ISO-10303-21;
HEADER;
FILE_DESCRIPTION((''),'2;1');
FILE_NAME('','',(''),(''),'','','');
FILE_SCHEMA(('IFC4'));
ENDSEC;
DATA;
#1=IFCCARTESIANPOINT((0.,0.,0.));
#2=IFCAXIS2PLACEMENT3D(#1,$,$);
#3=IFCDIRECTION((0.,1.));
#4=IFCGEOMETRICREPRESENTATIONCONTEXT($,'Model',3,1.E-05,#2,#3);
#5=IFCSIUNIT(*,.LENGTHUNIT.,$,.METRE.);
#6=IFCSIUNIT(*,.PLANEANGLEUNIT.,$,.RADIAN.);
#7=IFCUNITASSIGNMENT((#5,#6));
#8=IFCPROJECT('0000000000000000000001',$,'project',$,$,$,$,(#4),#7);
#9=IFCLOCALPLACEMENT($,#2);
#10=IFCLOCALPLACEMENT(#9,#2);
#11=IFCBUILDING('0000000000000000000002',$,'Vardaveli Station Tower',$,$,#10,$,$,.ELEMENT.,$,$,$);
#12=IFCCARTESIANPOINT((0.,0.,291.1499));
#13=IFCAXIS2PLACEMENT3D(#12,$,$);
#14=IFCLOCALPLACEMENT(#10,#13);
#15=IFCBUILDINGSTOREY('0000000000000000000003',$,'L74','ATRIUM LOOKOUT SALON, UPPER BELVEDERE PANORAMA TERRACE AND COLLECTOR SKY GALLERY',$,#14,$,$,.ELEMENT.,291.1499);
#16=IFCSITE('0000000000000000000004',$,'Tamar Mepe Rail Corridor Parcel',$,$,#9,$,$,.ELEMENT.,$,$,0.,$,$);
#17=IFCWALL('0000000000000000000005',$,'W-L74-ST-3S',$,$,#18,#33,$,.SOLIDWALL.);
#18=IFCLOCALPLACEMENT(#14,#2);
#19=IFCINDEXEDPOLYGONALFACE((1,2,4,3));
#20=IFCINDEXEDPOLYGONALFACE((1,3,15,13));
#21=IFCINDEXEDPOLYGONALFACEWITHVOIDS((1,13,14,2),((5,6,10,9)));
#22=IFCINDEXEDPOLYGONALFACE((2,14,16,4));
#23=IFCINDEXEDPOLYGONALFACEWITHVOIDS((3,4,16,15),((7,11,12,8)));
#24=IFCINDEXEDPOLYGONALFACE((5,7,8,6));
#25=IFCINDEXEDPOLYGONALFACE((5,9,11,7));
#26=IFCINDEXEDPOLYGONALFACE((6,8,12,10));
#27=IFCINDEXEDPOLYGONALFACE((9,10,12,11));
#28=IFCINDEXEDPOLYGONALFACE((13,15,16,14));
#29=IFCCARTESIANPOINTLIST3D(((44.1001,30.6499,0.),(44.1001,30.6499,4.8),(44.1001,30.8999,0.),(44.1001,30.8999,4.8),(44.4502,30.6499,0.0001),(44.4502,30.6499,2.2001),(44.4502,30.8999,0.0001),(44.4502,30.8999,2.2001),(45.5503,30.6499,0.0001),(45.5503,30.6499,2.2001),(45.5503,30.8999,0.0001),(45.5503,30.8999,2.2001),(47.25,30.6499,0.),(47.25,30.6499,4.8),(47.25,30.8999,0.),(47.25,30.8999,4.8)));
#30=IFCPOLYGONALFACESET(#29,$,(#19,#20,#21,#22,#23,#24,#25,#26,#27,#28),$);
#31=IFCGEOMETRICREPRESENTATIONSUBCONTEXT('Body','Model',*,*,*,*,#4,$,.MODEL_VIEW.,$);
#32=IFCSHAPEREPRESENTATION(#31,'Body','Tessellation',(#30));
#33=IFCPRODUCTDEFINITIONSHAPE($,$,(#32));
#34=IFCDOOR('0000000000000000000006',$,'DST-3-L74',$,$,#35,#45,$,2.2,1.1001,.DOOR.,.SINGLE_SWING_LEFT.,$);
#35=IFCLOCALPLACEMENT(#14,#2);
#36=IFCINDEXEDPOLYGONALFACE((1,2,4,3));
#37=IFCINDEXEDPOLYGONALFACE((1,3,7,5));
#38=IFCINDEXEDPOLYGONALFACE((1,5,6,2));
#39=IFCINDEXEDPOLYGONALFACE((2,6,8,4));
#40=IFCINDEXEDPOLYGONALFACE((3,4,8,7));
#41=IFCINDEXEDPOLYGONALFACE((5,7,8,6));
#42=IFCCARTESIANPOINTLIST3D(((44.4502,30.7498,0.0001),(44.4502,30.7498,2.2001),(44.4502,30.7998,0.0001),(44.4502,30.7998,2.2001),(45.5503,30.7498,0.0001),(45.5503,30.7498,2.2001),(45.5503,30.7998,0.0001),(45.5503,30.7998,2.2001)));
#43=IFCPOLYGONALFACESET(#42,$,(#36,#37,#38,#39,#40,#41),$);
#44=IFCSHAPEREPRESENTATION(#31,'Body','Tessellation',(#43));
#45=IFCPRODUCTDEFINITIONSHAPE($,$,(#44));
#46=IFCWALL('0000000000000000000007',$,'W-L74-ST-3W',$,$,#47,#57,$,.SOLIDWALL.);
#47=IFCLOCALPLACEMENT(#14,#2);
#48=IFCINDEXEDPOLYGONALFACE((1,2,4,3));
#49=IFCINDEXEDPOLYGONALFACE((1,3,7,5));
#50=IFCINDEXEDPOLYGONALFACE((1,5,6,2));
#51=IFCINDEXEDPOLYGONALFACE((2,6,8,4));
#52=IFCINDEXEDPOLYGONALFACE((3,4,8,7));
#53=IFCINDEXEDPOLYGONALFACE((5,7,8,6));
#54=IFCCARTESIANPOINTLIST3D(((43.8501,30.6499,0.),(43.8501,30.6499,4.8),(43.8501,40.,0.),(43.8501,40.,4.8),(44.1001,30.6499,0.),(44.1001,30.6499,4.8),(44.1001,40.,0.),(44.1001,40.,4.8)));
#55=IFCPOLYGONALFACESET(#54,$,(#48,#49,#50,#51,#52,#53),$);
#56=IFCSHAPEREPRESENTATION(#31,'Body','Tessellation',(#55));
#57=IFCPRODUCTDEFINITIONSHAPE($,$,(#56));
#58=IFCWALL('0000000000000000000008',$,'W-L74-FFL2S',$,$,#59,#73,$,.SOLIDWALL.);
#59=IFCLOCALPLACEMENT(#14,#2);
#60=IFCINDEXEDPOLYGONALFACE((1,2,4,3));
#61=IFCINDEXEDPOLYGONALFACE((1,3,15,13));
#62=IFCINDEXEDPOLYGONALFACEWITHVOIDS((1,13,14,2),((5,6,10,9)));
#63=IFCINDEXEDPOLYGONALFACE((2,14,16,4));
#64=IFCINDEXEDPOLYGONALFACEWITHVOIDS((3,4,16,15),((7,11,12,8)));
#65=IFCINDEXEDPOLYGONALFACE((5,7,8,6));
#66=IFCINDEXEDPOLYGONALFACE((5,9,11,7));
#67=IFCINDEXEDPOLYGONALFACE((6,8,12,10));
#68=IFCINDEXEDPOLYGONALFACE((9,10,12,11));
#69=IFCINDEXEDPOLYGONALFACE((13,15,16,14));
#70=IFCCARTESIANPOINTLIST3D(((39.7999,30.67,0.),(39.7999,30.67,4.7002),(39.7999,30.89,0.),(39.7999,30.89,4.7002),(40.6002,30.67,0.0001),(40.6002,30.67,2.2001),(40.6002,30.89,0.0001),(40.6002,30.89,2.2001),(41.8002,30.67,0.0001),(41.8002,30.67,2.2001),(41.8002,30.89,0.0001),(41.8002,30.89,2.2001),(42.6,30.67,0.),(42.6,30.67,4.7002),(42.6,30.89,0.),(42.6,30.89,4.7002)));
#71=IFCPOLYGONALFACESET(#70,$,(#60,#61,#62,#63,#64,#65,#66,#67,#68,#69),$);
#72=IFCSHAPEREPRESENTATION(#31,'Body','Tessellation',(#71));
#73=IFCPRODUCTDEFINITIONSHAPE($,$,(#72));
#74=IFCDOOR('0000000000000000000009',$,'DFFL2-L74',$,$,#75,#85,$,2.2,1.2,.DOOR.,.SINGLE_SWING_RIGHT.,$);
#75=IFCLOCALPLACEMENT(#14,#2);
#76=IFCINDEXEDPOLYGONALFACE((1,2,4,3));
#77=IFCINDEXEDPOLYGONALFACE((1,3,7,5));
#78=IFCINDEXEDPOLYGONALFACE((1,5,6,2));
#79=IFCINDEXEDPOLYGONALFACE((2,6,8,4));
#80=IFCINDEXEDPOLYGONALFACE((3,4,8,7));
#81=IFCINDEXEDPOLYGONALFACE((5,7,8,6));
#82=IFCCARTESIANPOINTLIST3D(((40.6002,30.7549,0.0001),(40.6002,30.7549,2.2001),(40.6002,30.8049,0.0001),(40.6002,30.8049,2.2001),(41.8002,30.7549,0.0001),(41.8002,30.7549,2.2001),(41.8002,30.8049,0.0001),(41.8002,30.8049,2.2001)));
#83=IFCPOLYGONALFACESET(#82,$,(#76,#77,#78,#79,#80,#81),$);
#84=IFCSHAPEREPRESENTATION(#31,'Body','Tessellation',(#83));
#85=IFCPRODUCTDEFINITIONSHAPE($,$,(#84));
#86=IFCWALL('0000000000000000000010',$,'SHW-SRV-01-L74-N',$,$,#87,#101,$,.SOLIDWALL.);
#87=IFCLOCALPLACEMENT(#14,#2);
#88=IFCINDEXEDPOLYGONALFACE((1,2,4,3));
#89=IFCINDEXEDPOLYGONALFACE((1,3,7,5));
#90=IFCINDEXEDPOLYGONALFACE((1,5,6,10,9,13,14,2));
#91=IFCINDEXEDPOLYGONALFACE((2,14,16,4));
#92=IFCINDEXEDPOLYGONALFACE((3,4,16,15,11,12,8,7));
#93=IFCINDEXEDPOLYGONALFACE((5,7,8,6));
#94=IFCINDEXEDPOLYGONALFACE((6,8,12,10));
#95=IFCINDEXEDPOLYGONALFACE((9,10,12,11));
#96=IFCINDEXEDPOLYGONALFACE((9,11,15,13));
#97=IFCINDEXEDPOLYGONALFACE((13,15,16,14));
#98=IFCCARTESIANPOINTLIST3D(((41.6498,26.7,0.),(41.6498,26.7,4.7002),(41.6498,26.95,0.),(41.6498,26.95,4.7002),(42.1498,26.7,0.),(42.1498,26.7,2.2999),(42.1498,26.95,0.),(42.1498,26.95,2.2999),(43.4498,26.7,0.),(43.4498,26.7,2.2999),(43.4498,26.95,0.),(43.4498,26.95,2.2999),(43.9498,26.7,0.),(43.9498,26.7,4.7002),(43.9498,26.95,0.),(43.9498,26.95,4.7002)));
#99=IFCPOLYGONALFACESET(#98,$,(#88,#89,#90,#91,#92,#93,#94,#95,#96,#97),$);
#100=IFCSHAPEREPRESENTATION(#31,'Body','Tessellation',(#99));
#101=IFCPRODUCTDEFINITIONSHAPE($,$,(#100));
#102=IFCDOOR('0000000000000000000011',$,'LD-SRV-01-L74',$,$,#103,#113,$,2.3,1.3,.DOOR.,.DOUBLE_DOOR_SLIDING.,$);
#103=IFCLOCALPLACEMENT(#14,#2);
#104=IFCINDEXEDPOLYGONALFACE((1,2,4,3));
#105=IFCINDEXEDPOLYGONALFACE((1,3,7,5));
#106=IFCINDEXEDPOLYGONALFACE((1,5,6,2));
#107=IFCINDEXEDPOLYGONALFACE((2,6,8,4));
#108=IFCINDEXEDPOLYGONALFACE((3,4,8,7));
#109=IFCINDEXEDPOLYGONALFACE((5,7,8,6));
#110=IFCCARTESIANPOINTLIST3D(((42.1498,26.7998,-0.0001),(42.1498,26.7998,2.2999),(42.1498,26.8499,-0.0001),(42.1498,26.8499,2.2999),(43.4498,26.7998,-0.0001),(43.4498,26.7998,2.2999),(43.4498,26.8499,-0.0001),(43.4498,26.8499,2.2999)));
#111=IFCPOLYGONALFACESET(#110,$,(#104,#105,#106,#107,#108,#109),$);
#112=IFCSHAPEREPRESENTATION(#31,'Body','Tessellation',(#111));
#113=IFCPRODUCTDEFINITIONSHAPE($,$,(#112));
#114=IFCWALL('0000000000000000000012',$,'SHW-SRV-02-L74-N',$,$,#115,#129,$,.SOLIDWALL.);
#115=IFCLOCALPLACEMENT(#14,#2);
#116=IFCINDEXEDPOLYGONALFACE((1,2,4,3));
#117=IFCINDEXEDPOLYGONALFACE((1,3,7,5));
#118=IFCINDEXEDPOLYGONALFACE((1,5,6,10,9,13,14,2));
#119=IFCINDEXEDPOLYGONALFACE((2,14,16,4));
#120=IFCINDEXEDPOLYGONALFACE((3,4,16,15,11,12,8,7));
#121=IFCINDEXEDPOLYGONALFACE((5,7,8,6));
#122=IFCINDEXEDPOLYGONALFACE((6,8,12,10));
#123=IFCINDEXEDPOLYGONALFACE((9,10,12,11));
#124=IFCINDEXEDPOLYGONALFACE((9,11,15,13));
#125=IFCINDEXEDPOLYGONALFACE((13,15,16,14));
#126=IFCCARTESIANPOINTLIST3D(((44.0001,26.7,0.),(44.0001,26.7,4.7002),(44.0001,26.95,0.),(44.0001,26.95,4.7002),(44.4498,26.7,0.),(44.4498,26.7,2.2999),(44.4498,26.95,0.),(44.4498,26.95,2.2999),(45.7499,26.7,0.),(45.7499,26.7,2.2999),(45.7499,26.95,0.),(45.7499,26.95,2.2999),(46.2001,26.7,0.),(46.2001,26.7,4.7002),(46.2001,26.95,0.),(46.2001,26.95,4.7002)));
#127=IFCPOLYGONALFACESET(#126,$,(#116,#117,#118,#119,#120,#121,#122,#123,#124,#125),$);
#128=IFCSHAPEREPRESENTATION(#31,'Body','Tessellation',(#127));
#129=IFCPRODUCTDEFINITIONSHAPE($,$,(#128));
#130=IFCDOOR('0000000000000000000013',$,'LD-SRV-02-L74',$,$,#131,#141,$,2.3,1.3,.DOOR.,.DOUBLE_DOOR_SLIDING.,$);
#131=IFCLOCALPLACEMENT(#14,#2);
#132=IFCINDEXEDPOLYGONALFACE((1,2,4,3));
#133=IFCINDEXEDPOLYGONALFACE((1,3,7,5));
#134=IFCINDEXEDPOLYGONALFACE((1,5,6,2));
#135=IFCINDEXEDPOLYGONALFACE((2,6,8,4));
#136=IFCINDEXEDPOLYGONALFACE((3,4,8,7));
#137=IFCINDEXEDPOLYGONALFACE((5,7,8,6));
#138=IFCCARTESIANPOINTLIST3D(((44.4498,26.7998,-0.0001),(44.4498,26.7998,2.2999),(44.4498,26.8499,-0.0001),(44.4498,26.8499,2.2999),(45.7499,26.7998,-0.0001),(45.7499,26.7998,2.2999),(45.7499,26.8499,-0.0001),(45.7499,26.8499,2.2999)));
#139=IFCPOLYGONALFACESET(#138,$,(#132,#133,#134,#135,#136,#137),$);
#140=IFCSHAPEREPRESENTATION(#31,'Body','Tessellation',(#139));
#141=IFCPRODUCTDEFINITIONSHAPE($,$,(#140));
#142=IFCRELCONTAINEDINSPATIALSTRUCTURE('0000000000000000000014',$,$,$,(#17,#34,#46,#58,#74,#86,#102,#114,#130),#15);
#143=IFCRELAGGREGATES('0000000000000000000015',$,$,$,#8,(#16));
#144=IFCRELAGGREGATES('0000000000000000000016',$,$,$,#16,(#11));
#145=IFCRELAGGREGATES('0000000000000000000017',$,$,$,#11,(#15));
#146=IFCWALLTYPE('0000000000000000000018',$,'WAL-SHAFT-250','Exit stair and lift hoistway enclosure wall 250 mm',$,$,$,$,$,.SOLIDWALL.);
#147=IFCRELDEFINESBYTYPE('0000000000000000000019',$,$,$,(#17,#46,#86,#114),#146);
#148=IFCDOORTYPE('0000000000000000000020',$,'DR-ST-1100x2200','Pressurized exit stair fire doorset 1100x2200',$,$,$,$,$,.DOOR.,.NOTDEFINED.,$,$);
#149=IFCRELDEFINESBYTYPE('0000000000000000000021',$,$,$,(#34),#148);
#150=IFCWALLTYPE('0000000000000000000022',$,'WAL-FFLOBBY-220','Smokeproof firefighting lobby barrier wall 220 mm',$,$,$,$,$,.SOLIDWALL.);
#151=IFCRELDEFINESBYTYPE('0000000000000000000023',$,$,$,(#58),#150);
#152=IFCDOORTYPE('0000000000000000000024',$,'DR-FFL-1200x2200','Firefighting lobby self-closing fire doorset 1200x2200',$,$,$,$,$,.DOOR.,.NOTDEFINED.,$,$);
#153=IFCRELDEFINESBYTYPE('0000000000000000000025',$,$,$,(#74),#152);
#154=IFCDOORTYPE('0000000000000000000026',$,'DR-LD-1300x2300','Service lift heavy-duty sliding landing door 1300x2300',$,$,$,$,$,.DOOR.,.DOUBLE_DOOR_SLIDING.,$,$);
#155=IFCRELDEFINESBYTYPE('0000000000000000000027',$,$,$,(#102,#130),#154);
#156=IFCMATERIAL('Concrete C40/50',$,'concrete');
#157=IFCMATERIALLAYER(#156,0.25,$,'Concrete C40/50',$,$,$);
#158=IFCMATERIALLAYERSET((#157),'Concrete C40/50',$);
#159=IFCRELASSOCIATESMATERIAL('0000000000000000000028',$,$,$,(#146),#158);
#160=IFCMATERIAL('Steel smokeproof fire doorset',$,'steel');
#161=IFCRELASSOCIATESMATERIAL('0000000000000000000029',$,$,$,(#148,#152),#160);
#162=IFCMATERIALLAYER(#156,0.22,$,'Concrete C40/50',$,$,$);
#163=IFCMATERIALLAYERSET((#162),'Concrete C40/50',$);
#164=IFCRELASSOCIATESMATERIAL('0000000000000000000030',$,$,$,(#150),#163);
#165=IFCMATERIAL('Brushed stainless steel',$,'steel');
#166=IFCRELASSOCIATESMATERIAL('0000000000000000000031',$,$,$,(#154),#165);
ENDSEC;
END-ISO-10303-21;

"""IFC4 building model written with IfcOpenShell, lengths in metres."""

from ifc_helpers import new_model, si_unit, direction, frame, frame_2d, origin, place, context, subcontext, project, spatial, rectangle, extrude, source, transform, mapped, material, layer, layer_set, type_object, element, fill, save


model = new_model("IFC4")

# Units and contexts
model_context = context("Model", 3, precision=1e-05, world=origin(), true_north=direction((0.0, 1.0)))
body_context = subcontext(model_context, "Body", "Model", "MODEL_VIEW")
ifc_project = project(units=[si_unit("LENGTHUNIT", "METRE"), si_unit("PLANEANGLEUNIT", "RADIAN")], contexts=[model_context])

# Site, building, storey
site_placement = place(None, origin())
site = spatial("IfcSite", under=ifc_project, at=site_placement, Name="Tamar Mepe Rail Corridor Parcel", CompositionType="ELEMENT", RefElevation=0.0)
building_placement = place(site_placement, origin())
building = spatial("IfcBuilding", under=site, at=building_placement, Name="Vardaveli Station Tower", CompositionType="ELEMENT")
storey_placement = place(building_placement, frame((0.0, 0.0, 291.1499)))
storey = spatial("IfcBuildingStorey", under=building, at=storey_placement, Name="L74", Description="ATRIUM LOOKOUT SALON, UPPER BELVEDERE PANORAMA TERRACE AND COLLECTOR SKY GALLERY", CompositionType="ELEMENT", Elevation=291.1499)

# Wall, opening, door
ifc_material_1 = material(Name="Concrete C40/50", Category="concrete")
ifc_layer_1 = layer(ifc_material_1, 0.25, Name="Concrete C40/50")
ifc_layer_set_1 = layer_set([ifc_layer_1], Name="Concrete C40/50")
wall_type_1 = type_object("IfcWallType", Name="WAL-SHAFT-250", Description="Exit stair and lift hoistway enclosure wall 250 mm", PredefinedType="SOLIDWALL", material=ifc_layer_set_1)
shared_shape_1 = source(origin(), body_context, "Body", "SweptSolid", [
    extrude(rectangle(XDim=3.1499, YDim=0.25, at=frame_2d((1.575, 0.0))), origin(), (0.0, 0.0, 1.0), 4.8),
])
wall_1_placement = place(storey_placement, frame((44.1001, 30.7749, 0.0), z_axis=(0.0, 0.0, 1.0), x_axis=(1.0, 0.0, 0.0)))
wall_1 = element("IfcWall", 1, at=wall_1_placement, inside=storey, type_object=wall_type_1, Name="W-L74-ST-3S", PredefinedType="SOLIDWALL", context=body_context, shape_type="MappedRepresentation", body=[
    mapped(shared_shape_1, transform((0.0, 0.0, 0.0), scale=1.0)),
])
shared_shape_2 = source(origin(), body_context, "Body", "SweptSolid", [
    extrude(rectangle(XDim=1.1001, YDim=2.2, at=frame_2d((0.55, 1.1001))), frame((0.0, 0.135, 0.0), z_axis=(0.0, -1.0, 0.0), x_axis=(1.0, 0.0, 0.0)), (0.0, 0.0, 1.0), 0.27),
])
opening_1_placement = place(wall_1_placement, frame((0.3501, 0.0, 0.0)))
opening_1 = element("IfcOpeningElement", 2, at=opening_1_placement, cuts=wall_1, PredefinedType="OPENING", context=body_context, shape_type="MappedRepresentation", body=[
    mapped(shared_shape_2, transform((0.0, 0.0, 0.0), scale=1.0)),
])
ifc_material_2 = material(Name="Steel smokeproof fire doorset", Category="steel")
door_type_1 = type_object("IfcDoorType", Name="DR-ST-1100x2200", Description="Pressurized exit stair fire doorset 1100x2200", OperationType="NOTDEFINED", PredefinedType="DOOR", material=ifc_material_2)
shared_shape_3 = source(origin(), body_context, "Body", "SweptSolid", [
    extrude(rectangle(XDim=1.1001, YDim=2.2, at=frame_2d((0.55, 1.1001))), frame((0.0, 0.0249, 0.0), z_axis=(0.0, -1.0, 0.0), x_axis=(1.0, 0.0, 0.0)), (0.0, 0.0, 1.0), 0.05),
])
door_1_placement = place(opening_1_placement, origin())
door_1 = element("IfcDoor", 3, at=door_1_placement, inside=storey, type_object=door_type_1, Name="DST-3-L74", OperationType="SINGLE_SWING_LEFT", OverallHeight=2.2, OverallWidth=1.1001, PredefinedType="DOOR", context=body_context, shape_type="MappedRepresentation", body=[
    mapped(shared_shape_3, transform((0.0, 0.0, 0.0), scale=1.0)),
])
fill(opening_1, door_1)

# Wall
shared_shape_4 = source(origin(), body_context, "Body", "SweptSolid", [
    extrude(rectangle(XDim=9.3501, YDim=0.25, at=frame_2d((4.675, 0.0))), origin(), (0.0, 0.0, 1.0), 4.8),
])
wall_2_placement = place(storey_placement, frame((43.9751, 30.6499, 0.0), z_axis=(0.0, 0.0, 1.0), x_axis=(0.0, 1.0, 0.0)))
element("IfcWall", 4, at=wall_2_placement, inside=storey, type_object=wall_type_1, Name="W-L74-ST-3W", PredefinedType="SOLIDWALL", context=body_context, shape_type="MappedRepresentation", body=[
    mapped(shared_shape_4, transform((0.0, 0.0, 0.0), scale=1.0)),
])

# Walls, openings, doors
ifc_layer_2 = layer(ifc_material_1, 0.22, Name="Concrete C40/50")
ifc_layer_set_2 = layer_set([ifc_layer_2], Name="Concrete C40/50")
wall_type_2 = type_object("IfcWallType", Name="WAL-FFLOBBY-220", Description="Smokeproof firefighting lobby barrier wall 220 mm", PredefinedType="SOLIDWALL", material=ifc_layer_set_2)
shared_shape_5 = source(origin(), body_context, "Body", "SweptSolid", [
    extrude(rectangle(XDim=2.8, YDim=0.22, at=frame_2d((1.3999, 0.0))), origin(), (0.0, 0.0, 1.0), 4.7002),
])
wall_3_placement = place(storey_placement, frame((39.8, 30.78, 0.0), z_axis=(0.0, 0.0, 1.0), x_axis=(1.0, 0.0, 0.0)))
wall_3 = element("IfcWall", 5, at=wall_3_placement, inside=storey, type_object=wall_type_2, Name="W-L74-FFL2S", PredefinedType="SOLIDWALL", context=body_context, shape_type="MappedRepresentation", body=[
    mapped(shared_shape_5, transform((0.0, 0.0, 0.0), scale=1.0)),
])
shared_shape_6 = source(origin(), body_context, "Body", "SweptSolid", [
    extrude(rectangle(XDim=1.2, YDim=2.2, at=frame_2d((0.6001, 1.1001))), frame((0.0, 0.1201, 0.0), z_axis=(0.0, -1.0, 0.0), x_axis=(1.0, 0.0, 0.0)), (0.0, 0.0, 1.0), 0.24),
])
opening_2_placement = place(wall_3_placement, frame((0.8, 0.0, 0.0)))
opening_2 = element("IfcOpeningElement", 6, at=opening_2_placement, cuts=wall_3, PredefinedType="OPENING", context=body_context, shape_type="MappedRepresentation", body=[
    mapped(shared_shape_6, transform((0.0, 0.0, 0.0), scale=1.0)),
])
door_type_2 = type_object("IfcDoorType", Name="DR-FFL-1200x2200", Description="Firefighting lobby self-closing fire doorset 1200x2200", OperationType="NOTDEFINED", PredefinedType="DOOR", material=ifc_material_2)
shared_shape_7 = source(origin(), body_context, "Body", "SweptSolid", [
    extrude(rectangle(XDim=1.2, YDim=2.2, at=frame_2d((0.6001, 1.1001))), frame((0.0, 0.0249, 0.0), z_axis=(0.0, -1.0, 0.0), x_axis=(1.0, 0.0, 0.0)), (0.0, 0.0, 1.0), 0.05),
])
door_2_placement = place(opening_2_placement, origin())
door_2 = element("IfcDoor", 7, at=door_2_placement, inside=storey, type_object=door_type_2, Name="DFFL2-L74", OperationType="SINGLE_SWING_RIGHT", OverallHeight=2.2, OverallWidth=1.2, PredefinedType="DOOR", context=body_context, shape_type="MappedRepresentation", body=[
    mapped(shared_shape_7, transform((0.0, 0.0, 0.0), scale=1.0)),
])
fill(opening_2, door_2)
shared_shape_8 = source(origin(), body_context, "Body", "SweptSolid", [
    extrude(rectangle(XDim=2.3, YDim=0.25, at=frame_2d((1.1499, 0.0))), origin(), (0.0, 0.0, 1.0), 4.7002),
])
wall_4_placement = place(storey_placement, frame((41.6499, 26.825, 0.0), z_axis=(0.0, 0.0, 1.0), x_axis=(1.0, 0.0, 0.0)))
wall_4 = element("IfcWall", 8, at=wall_4_placement, inside=storey, type_object=wall_type_1, Name="SHW-SRV-01-L74-N", PredefinedType="SOLIDWALL", context=body_context, shape_type="MappedRepresentation", body=[
    mapped(shared_shape_8, transform((0.0, 0.0, 0.0), scale=1.0)),
])
shared_shape_9 = source(origin(), body_context, "Body", "SweptSolid", [
    extrude(rectangle(XDim=1.3, YDim=2.3, at=frame_2d((0.6499, 1.1499))), frame((0.0, 0.135, 0.0), z_axis=(0.0, -1.0, 0.0), x_axis=(1.0, 0.0, 0.0)), (0.0, 0.0, 1.0), 0.27),
])
opening_3_placement = place(wall_4_placement, frame((0.5, 0.0, 0.0)))
opening_3 = element("IfcOpeningElement", 9, at=opening_3_placement, cuts=wall_4, PredefinedType="OPENING", context=body_context, shape_type="MappedRepresentation", body=[
    mapped(shared_shape_9, transform((0.0, 0.0, 0.0), scale=1.0)),
])
ifc_material_3 = material(Name="Brushed stainless steel", Category="steel")
door_type_3 = type_object("IfcDoorType", Name="DR-LD-1300x2300", Description="Service lift heavy-duty sliding landing door 1300x2300", OperationType="DOUBLE_DOOR_SLIDING", PredefinedType="DOOR", material=ifc_material_3)
shared_shape_10 = source(origin(), body_context, "Body", "SweptSolid", [
    extrude(rectangle(XDim=1.3, YDim=2.3, at=frame_2d((0.6499, 1.1499))), frame((0.0, 0.0249, 0.0), z_axis=(0.0, -1.0, 0.0), x_axis=(1.0, 0.0, 0.0)), (0.0, 0.0, 1.0), 0.05),
])
door_3_placement = place(opening_3_placement, origin())
door_3 = element("IfcDoor", 10, at=door_3_placement, inside=storey, type_object=door_type_3, Name="LD-SRV-01-L74", OperationType="DOUBLE_DOOR_SLIDING", OverallHeight=2.3, OverallWidth=1.3, PredefinedType="DOOR", context=body_context, shape_type="MappedRepresentation", body=[
    mapped(shared_shape_10, transform((0.0, 0.0, 0.0), scale=1.0)),
])
fill(opening_3, door_3)
shared_shape_11 = source(origin(), body_context, "Body", "SweptSolid", [
    extrude(rectangle(XDim=2.2, YDim=0.25, at=frame_2d((1.1001, 0.0))), origin(), (0.0, 0.0, 1.0), 4.7002),
])
wall_5_placement = place(storey_placement, frame((44.0, 26.825, 0.0), z_axis=(0.0, 0.0, 1.0), x_axis=(1.0, 0.0, 0.0)))
wall_5 = element("IfcWall", 11, at=wall_5_placement, inside=storey, type_object=wall_type_1, Name="SHW-SRV-02-L74-N", PredefinedType="SOLIDWALL", context=body_context, shape_type="MappedRepresentation", body=[
    mapped(shared_shape_11, transform((0.0, 0.0, 0.0), scale=1.0)),
])
opening_4_placement = place(wall_5_placement, frame((0.45, 0.0, 0.0)))
opening_4 = element("IfcOpeningElement", 12, at=opening_4_placement, cuts=wall_5, PredefinedType="OPENING", context=body_context, shape_type="MappedRepresentation", body=[
    mapped(shared_shape_9, transform((0.0, 0.0, 0.0), scale=1.0)),
])
door_4_placement = place(opening_4_placement, origin())
door_4 = element("IfcDoor", 13, at=door_4_placement, inside=storey, type_object=door_type_3, Name="LD-SRV-02-L74", OperationType="DOUBLE_DOOR_SLIDING", OverallHeight=2.3, OverallWidth=1.3, PredefinedType="DOOR", context=body_context, shape_type="MappedRepresentation", body=[
    mapped(shared_shape_10, transform((0.0, 0.0, 0.0), scale=1.0)),
])
fill(opening_4, door_4)

save(model, "model.ifc")
